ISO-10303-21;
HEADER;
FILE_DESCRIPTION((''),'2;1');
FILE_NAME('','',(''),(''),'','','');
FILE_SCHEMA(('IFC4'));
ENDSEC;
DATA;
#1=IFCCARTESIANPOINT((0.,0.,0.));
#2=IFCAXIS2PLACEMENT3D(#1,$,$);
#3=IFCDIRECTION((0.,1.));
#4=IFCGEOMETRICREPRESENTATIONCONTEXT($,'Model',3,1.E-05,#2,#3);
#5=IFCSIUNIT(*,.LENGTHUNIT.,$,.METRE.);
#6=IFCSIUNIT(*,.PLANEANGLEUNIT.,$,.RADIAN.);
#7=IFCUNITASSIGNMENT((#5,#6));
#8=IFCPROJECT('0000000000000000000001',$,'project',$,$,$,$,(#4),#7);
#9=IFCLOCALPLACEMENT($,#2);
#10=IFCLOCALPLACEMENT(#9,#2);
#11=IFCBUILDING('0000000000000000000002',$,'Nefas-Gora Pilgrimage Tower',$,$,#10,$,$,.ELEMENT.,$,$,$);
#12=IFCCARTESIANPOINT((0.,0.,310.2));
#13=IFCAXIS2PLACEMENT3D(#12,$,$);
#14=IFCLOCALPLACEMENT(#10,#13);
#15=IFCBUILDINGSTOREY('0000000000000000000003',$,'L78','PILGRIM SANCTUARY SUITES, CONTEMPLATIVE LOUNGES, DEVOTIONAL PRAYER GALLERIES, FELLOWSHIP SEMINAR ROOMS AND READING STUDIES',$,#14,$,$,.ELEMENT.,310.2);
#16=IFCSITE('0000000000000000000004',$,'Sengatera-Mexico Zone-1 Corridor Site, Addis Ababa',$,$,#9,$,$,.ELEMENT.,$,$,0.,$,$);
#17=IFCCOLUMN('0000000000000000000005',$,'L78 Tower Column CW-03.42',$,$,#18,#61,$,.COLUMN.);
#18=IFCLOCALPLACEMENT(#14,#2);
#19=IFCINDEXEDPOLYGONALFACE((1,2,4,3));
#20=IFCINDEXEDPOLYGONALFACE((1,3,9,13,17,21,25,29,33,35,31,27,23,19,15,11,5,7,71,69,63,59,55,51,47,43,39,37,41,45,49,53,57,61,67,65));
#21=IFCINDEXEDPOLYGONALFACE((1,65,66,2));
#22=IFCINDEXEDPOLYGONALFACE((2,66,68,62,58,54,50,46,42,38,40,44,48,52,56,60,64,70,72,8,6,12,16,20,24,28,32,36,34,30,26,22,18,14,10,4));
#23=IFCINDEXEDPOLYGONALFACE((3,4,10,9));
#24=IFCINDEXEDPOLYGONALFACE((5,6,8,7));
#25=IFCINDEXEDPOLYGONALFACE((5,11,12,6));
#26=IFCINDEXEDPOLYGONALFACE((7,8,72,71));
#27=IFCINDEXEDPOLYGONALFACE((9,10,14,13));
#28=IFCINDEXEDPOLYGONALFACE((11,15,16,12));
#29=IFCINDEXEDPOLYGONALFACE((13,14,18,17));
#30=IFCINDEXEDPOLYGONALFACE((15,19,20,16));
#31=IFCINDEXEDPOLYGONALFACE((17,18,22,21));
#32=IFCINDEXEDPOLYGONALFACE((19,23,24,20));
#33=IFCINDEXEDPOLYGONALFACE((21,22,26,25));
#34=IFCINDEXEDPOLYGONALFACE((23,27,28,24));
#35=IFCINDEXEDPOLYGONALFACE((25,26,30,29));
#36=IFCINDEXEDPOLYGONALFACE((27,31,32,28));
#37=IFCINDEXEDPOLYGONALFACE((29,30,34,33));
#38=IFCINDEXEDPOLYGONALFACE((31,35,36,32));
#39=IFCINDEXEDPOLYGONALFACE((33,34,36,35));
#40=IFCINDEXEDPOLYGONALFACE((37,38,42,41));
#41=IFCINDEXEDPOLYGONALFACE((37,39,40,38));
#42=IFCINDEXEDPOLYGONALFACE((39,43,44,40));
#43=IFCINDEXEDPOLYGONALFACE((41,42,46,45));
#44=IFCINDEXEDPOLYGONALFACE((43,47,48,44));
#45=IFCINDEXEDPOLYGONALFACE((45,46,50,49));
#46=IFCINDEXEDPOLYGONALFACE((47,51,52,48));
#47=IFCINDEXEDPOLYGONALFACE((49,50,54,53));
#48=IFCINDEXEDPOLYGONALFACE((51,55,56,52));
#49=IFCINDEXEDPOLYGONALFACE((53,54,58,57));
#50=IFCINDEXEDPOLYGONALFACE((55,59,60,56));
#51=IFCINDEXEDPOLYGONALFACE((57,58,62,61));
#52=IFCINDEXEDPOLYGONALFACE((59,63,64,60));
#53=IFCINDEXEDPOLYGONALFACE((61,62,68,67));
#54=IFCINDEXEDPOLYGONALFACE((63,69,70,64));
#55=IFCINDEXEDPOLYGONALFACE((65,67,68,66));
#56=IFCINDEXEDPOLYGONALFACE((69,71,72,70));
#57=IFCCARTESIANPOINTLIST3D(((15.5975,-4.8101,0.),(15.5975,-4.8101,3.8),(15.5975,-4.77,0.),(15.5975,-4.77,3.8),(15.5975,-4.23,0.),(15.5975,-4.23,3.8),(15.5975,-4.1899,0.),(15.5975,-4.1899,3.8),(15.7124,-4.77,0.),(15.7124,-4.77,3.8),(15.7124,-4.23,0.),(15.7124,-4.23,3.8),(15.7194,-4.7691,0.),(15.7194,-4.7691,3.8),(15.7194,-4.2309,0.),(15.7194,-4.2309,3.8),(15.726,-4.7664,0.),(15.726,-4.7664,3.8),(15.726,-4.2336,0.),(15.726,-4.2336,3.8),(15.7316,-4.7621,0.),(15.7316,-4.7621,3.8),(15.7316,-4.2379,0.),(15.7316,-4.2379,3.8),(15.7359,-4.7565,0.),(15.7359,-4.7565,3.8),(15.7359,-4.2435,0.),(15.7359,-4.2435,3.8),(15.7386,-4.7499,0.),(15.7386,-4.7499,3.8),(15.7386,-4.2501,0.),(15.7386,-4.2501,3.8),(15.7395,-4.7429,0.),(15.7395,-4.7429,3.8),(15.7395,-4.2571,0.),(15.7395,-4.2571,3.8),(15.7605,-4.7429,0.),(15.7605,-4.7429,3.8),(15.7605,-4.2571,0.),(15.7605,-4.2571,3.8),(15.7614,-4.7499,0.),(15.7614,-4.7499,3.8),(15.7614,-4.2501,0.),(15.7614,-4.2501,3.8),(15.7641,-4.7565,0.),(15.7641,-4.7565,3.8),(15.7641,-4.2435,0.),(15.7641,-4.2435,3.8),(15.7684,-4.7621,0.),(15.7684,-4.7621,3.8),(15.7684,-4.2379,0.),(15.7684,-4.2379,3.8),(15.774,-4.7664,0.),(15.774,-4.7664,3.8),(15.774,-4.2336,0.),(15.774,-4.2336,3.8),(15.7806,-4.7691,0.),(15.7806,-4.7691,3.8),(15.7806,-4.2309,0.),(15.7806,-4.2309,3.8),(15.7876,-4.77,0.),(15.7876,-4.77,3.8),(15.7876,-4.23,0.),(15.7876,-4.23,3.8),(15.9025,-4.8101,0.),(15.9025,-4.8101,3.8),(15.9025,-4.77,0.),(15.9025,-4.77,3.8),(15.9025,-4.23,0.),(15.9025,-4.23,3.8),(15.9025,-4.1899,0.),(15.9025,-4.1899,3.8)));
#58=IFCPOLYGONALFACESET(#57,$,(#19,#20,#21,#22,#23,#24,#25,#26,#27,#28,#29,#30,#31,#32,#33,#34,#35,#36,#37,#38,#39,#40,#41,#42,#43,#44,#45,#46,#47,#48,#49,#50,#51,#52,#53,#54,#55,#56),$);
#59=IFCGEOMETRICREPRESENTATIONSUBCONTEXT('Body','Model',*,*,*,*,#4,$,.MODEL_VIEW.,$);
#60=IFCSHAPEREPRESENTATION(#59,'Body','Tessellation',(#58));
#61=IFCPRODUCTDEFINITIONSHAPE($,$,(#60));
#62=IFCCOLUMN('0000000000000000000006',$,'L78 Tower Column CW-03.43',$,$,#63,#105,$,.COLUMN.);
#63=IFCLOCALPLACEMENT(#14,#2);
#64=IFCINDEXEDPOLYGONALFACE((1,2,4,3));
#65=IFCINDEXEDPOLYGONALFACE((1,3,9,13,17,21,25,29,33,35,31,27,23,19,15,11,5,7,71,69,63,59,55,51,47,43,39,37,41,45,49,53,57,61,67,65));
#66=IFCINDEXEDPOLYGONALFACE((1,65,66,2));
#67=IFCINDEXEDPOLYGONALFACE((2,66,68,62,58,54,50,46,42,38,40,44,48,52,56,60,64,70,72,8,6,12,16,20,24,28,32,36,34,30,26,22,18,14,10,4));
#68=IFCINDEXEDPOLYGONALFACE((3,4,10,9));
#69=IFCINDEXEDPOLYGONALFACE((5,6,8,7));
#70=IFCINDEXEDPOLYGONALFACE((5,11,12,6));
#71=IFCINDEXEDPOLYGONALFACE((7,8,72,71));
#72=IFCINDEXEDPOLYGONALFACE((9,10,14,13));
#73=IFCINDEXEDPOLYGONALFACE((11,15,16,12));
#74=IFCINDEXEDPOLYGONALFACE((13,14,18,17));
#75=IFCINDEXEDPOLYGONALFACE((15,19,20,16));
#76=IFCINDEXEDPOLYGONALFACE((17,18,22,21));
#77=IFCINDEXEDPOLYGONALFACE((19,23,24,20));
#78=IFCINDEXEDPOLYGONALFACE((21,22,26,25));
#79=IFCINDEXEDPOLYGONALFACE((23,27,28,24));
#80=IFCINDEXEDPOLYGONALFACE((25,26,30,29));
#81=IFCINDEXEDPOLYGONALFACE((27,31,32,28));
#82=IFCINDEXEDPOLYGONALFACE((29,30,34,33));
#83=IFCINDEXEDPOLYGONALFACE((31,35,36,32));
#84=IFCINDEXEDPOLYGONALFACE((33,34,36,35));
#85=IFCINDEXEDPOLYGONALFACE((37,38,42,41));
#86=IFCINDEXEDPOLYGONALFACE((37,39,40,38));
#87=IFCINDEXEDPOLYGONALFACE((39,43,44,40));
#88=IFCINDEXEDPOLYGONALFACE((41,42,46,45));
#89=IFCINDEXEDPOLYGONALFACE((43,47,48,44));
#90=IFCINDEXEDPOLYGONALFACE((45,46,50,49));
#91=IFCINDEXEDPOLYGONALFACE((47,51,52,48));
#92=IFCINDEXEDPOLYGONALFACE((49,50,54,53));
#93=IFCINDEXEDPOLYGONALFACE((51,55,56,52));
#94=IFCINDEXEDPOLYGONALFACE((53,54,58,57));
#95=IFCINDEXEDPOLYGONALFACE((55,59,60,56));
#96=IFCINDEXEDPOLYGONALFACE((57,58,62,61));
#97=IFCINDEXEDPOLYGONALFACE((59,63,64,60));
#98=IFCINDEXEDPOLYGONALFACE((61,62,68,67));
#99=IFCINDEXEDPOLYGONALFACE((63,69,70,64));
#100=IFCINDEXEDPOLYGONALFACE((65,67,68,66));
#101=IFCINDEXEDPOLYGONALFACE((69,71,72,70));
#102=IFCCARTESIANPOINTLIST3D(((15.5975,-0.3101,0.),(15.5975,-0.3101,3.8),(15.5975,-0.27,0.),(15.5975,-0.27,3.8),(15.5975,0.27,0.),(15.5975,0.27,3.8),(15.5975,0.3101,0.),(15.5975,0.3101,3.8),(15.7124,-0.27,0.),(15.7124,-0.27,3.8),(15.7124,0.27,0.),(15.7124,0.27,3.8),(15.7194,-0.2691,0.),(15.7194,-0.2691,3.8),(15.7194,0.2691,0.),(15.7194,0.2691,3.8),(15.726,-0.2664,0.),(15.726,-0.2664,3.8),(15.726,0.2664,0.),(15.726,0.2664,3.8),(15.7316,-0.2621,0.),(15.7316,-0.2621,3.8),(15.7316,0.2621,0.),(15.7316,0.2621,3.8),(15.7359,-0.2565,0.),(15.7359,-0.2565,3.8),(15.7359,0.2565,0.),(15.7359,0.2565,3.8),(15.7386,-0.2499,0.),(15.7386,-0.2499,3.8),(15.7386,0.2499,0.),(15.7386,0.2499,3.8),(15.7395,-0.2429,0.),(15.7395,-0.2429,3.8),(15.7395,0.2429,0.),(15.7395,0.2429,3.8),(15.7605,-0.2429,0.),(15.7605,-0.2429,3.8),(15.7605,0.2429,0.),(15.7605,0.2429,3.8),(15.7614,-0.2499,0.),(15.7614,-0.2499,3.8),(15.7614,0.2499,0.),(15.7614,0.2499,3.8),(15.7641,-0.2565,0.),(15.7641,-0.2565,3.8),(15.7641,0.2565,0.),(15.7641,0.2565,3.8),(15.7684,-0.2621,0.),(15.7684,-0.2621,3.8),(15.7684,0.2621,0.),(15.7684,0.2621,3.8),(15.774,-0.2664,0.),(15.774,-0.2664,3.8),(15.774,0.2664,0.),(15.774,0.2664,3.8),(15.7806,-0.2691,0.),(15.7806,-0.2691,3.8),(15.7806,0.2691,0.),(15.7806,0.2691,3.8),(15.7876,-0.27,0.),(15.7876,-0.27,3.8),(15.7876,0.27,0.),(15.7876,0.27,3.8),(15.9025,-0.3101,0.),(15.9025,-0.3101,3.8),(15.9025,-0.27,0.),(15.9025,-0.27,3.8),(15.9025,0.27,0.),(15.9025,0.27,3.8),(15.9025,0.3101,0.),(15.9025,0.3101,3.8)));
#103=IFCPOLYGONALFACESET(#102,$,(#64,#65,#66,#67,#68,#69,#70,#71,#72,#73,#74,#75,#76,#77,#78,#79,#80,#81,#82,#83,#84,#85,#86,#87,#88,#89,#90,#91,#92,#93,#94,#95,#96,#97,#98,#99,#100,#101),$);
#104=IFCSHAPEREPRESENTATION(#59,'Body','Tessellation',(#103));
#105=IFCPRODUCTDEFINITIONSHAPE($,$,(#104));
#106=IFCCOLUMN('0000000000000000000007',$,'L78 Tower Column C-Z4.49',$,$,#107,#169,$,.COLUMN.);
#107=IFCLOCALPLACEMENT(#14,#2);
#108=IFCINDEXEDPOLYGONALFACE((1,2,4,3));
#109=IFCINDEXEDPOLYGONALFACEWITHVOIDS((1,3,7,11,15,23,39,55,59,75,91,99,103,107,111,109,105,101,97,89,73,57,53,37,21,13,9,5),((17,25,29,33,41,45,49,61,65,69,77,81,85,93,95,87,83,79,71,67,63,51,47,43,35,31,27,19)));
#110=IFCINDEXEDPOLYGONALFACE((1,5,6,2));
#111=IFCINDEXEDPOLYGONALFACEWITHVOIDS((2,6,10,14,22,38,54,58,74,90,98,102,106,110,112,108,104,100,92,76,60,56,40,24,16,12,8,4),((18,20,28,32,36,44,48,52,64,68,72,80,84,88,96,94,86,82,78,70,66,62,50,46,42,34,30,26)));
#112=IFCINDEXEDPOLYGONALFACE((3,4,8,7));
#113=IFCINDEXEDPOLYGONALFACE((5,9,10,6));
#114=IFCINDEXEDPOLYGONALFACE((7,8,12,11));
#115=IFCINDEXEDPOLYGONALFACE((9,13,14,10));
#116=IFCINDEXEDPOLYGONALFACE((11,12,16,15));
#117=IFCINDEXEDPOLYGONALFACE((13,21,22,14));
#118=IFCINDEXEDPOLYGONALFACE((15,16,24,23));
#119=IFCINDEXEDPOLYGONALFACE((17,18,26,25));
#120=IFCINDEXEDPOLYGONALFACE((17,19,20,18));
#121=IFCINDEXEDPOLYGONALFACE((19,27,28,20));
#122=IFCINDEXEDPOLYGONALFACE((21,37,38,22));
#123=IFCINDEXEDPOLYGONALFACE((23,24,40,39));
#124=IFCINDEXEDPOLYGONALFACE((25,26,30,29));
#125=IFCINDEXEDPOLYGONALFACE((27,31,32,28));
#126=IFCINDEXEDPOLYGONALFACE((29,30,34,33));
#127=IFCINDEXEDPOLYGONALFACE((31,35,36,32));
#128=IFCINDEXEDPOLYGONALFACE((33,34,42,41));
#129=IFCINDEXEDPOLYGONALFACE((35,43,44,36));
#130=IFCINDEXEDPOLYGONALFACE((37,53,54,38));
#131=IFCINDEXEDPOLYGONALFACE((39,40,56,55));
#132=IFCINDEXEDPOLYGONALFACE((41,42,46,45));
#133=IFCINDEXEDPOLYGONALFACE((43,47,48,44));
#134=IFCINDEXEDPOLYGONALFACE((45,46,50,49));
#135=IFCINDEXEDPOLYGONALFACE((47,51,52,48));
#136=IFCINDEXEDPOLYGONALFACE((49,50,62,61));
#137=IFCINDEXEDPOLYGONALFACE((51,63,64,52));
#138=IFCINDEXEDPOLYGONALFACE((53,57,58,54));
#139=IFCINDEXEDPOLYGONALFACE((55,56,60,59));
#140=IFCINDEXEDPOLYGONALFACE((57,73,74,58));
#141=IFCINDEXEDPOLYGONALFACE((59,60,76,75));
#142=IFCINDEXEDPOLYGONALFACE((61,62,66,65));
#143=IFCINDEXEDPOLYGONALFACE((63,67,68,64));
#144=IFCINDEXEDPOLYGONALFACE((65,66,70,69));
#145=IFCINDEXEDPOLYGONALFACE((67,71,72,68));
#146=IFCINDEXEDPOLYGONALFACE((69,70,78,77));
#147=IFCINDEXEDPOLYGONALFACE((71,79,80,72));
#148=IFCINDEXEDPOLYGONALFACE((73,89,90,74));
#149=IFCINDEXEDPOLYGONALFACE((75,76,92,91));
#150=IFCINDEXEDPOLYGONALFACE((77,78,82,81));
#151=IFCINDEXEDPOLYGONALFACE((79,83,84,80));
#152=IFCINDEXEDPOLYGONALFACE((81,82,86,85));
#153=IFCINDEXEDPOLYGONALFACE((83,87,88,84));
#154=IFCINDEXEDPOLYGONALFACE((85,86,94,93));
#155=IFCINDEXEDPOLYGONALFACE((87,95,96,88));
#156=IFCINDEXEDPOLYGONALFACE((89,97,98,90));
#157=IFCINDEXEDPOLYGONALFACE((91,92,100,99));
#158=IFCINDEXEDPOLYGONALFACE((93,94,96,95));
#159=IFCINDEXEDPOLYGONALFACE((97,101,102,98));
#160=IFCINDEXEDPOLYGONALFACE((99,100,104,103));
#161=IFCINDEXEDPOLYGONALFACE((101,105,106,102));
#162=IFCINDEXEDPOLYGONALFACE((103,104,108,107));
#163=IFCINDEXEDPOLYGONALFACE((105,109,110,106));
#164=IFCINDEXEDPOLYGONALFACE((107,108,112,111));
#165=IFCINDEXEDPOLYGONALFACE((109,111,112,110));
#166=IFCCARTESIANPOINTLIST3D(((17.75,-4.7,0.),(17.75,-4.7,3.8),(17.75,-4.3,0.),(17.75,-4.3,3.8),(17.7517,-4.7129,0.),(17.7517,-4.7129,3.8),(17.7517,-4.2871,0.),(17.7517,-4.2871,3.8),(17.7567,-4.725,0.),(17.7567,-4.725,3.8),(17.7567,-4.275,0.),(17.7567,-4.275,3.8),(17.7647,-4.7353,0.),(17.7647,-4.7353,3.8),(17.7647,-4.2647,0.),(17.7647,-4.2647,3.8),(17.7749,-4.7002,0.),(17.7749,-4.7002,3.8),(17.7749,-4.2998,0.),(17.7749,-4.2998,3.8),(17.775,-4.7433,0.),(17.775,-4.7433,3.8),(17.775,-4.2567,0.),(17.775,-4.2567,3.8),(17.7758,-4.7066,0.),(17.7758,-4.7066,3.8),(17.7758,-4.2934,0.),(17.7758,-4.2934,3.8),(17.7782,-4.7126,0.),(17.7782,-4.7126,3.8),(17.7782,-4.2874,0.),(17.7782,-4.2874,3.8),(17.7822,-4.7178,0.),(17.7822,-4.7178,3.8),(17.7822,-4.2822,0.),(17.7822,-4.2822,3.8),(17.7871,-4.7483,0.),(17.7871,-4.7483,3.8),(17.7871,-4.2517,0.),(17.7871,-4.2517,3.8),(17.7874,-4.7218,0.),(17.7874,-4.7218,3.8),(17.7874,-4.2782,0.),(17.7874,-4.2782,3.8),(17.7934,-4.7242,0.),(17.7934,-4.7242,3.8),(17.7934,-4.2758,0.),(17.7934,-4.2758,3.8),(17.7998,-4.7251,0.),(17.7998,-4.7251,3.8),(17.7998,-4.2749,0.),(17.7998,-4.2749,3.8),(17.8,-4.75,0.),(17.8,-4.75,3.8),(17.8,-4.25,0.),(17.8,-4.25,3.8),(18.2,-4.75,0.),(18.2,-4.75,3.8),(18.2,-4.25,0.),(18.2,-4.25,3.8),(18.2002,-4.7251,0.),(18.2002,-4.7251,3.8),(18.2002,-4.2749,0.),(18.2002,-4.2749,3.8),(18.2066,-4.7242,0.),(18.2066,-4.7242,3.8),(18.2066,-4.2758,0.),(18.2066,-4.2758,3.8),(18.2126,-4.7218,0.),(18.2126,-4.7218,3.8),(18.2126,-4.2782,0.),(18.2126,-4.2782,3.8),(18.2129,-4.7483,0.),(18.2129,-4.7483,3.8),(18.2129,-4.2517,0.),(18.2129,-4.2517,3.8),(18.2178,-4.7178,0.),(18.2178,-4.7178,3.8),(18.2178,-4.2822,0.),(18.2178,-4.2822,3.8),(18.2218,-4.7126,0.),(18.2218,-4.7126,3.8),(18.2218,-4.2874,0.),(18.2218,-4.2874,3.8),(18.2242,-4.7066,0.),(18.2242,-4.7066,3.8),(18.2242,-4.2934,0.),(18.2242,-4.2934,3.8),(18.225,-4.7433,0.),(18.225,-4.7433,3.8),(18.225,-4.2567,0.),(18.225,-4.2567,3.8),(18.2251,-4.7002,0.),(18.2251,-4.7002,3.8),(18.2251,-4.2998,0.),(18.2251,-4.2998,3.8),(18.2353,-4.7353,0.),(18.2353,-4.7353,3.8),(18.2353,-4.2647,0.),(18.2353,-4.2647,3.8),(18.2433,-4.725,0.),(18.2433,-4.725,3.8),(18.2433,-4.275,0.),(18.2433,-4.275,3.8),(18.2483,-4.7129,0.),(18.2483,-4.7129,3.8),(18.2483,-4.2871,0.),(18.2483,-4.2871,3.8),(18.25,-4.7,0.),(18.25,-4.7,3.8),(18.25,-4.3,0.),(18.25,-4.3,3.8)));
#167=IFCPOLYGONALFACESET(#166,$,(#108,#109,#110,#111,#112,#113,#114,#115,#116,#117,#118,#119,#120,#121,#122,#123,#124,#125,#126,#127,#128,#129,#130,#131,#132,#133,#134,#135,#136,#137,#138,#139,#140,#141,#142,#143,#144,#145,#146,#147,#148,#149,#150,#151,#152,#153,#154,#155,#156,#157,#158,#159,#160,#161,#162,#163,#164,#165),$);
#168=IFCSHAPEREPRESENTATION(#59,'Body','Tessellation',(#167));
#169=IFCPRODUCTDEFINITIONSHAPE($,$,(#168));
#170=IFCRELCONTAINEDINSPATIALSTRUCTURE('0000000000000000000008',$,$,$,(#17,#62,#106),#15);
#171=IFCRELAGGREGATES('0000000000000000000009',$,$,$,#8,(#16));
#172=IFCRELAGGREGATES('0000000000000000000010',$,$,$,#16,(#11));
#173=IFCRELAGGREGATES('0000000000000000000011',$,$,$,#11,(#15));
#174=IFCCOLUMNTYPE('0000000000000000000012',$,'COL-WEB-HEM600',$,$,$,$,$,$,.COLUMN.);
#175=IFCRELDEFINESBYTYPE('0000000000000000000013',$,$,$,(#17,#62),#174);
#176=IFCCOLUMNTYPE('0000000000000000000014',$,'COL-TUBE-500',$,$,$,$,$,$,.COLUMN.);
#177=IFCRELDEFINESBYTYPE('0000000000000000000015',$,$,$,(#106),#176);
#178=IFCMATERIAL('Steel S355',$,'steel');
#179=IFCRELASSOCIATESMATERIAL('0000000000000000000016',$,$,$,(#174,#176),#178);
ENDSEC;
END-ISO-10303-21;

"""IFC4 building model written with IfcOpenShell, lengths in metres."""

from ifc_helpers import new_model, si_unit, direction, frame, origin, origin_2d, place, context, subcontext, project, spatial, hollow_rectangle, i_section, extrude, source, transform, mapped, material, material_profile, profile_set, type_object, element, save


model = new_model("IFC4")

# Units and contexts
model_context = context("Model", 3, precision=1e-05, world=origin(), true_north=direction((0.0, 1.0)))
body_context = subcontext(model_context, "Body", "Model", "MODEL_VIEW")
ifc_project = project(units=[si_unit("LENGTHUNIT", "METRE"), si_unit("PLANEANGLEUNIT", "RADIAN")], contexts=[model_context])

# Site, building, storey
site_placement = place(None, origin())
site = spatial("IfcSite", under=ifc_project, at=site_placement, Name="Sengatera-Mexico Zone-1 Corridor Site, Addis Ababa", CompositionType="ELEMENT", RefElevation=0.0)
building_placement = place(site_placement, origin())
building = spatial("IfcBuilding", under=site, at=building_placement, Name="Nefas-Gora Pilgrimage Tower", CompositionType="ELEMENT")
storey_placement = place(building_placement, frame((0.0, 0.0, 310.2)))
storey = spatial("IfcBuildingStorey", under=building, at=storey_placement, Name="L78", Description="PILGRIM SANCTUARY SUITES, CONTEMPLATIVE LOUNGES, DEVOTIONAL PRAYER GALLERIES, FELLOWSHIP SEMINAR ROOMS AND READING STUDIES", CompositionType="ELEMENT", Elevation=310.2)

# Columns
ifc_material_1 = material(Name="Steel S355", Category="steel")
ifc_material_profile_1 = material_profile(ifc_material_1, i_section(OverallWidth=0.3049, OverallDepth=0.6201, WebThickness=0.021, FlangeThickness=0.04, FilletRadius=0.0271, at=origin_2d()), Name="HEM 600")
ifc_profile_set_1 = profile_set([ifc_material_profile_1], Name="Steel S355")
column_type_1 = type_object("IfcColumnType", Name="COL-WEB-HEM600", PredefinedType="COLUMN", material=ifc_profile_set_1)
shared_shape_1 = source(origin(), body_context, "Body", "SweptSolid", [
    extrude(i_section(OverallWidth=0.3049, OverallDepth=0.6201, WebThickness=0.021, FlangeThickness=0.04, FilletRadius=0.0271, at=origin_2d()), origin(), (0.0, 0.0, 1.0), 3.8),
])
for number, where, z_axis, x_axis, name in (
    (1, (15.75, -4.5, 0.0), (0.0, 0.0, 1.0), (1.0, 0.0, 0.0), "L78 Tower Column CW-03.42"),
    (2, (15.75, 0.0, 0.0), (0.0, 0.0, 1.0), (1.0, 0.0, 0.0), "L78 Tower Column CW-03.43"),
):
    element("IfcColumn", number, at=place(storey_placement, frame(where, z_axis=z_axis, x_axis=x_axis)), inside=storey, type_object=column_type_1, Name=name, PredefinedType="COLUMN", context=body_context, shape_type="MappedRepresentation", body=[
        mapped(shared_shape_1, transform((0.0, 0.0, 0.0), x_axis=(1.0, 0.0, 0.0), y_axis=(0.0, 1.0, 0.0), z_axis=(0.0, 0.0, 1.0), scale=1.0)),
    ])
ifc_material_profile_2 = material_profile(ifc_material_1, hollow_rectangle(XDim=0.5, YDim=0.5, WallThickness=0.0249, InnerFilletRadius=0.0249, OuterFilletRadius=0.05, at=origin_2d()), Name="SHS 500x500x25")
ifc_profile_set_2 = profile_set([ifc_material_profile_2], Name="Steel S355")
column_type_2 = type_object("IfcColumnType", Name="COL-TUBE-500", PredefinedType="COLUMN", material=ifc_profile_set_2)
shared_shape_2 = source(origin(), body_context, "Body", "SweptSolid", [
    extrude(hollow_rectangle(XDim=0.5, YDim=0.5, WallThickness=0.0249, InnerFilletRadius=0.0249, OuterFilletRadius=0.05, at=origin_2d()), origin(), (0.0, 0.0, 1.0), 3.8),
])
for number, where, z_axis, x_axis, name in (
    (3, (18.0, -4.5, 0.0), (0.0, 0.0, 1.0), (1.0, 0.0, 0.0), "L78 Tower Column C-Z4.49"),
):
    element("IfcColumn", number, at=place(storey_placement, frame(where, z_axis=z_axis, x_axis=x_axis)), inside=storey, type_object=column_type_2, Name=name, PredefinedType="COLUMN", context=body_context, shape_type="MappedRepresentation", body=[
        mapped(shared_shape_2, transform((0.0, 0.0, 0.0), x_axis=(1.0, 0.0, 0.0), y_axis=(0.0, 1.0, 0.0), z_axis=(0.0, 0.0, 1.0), scale=1.0)),
    ])

save(model, "model.ifc")
